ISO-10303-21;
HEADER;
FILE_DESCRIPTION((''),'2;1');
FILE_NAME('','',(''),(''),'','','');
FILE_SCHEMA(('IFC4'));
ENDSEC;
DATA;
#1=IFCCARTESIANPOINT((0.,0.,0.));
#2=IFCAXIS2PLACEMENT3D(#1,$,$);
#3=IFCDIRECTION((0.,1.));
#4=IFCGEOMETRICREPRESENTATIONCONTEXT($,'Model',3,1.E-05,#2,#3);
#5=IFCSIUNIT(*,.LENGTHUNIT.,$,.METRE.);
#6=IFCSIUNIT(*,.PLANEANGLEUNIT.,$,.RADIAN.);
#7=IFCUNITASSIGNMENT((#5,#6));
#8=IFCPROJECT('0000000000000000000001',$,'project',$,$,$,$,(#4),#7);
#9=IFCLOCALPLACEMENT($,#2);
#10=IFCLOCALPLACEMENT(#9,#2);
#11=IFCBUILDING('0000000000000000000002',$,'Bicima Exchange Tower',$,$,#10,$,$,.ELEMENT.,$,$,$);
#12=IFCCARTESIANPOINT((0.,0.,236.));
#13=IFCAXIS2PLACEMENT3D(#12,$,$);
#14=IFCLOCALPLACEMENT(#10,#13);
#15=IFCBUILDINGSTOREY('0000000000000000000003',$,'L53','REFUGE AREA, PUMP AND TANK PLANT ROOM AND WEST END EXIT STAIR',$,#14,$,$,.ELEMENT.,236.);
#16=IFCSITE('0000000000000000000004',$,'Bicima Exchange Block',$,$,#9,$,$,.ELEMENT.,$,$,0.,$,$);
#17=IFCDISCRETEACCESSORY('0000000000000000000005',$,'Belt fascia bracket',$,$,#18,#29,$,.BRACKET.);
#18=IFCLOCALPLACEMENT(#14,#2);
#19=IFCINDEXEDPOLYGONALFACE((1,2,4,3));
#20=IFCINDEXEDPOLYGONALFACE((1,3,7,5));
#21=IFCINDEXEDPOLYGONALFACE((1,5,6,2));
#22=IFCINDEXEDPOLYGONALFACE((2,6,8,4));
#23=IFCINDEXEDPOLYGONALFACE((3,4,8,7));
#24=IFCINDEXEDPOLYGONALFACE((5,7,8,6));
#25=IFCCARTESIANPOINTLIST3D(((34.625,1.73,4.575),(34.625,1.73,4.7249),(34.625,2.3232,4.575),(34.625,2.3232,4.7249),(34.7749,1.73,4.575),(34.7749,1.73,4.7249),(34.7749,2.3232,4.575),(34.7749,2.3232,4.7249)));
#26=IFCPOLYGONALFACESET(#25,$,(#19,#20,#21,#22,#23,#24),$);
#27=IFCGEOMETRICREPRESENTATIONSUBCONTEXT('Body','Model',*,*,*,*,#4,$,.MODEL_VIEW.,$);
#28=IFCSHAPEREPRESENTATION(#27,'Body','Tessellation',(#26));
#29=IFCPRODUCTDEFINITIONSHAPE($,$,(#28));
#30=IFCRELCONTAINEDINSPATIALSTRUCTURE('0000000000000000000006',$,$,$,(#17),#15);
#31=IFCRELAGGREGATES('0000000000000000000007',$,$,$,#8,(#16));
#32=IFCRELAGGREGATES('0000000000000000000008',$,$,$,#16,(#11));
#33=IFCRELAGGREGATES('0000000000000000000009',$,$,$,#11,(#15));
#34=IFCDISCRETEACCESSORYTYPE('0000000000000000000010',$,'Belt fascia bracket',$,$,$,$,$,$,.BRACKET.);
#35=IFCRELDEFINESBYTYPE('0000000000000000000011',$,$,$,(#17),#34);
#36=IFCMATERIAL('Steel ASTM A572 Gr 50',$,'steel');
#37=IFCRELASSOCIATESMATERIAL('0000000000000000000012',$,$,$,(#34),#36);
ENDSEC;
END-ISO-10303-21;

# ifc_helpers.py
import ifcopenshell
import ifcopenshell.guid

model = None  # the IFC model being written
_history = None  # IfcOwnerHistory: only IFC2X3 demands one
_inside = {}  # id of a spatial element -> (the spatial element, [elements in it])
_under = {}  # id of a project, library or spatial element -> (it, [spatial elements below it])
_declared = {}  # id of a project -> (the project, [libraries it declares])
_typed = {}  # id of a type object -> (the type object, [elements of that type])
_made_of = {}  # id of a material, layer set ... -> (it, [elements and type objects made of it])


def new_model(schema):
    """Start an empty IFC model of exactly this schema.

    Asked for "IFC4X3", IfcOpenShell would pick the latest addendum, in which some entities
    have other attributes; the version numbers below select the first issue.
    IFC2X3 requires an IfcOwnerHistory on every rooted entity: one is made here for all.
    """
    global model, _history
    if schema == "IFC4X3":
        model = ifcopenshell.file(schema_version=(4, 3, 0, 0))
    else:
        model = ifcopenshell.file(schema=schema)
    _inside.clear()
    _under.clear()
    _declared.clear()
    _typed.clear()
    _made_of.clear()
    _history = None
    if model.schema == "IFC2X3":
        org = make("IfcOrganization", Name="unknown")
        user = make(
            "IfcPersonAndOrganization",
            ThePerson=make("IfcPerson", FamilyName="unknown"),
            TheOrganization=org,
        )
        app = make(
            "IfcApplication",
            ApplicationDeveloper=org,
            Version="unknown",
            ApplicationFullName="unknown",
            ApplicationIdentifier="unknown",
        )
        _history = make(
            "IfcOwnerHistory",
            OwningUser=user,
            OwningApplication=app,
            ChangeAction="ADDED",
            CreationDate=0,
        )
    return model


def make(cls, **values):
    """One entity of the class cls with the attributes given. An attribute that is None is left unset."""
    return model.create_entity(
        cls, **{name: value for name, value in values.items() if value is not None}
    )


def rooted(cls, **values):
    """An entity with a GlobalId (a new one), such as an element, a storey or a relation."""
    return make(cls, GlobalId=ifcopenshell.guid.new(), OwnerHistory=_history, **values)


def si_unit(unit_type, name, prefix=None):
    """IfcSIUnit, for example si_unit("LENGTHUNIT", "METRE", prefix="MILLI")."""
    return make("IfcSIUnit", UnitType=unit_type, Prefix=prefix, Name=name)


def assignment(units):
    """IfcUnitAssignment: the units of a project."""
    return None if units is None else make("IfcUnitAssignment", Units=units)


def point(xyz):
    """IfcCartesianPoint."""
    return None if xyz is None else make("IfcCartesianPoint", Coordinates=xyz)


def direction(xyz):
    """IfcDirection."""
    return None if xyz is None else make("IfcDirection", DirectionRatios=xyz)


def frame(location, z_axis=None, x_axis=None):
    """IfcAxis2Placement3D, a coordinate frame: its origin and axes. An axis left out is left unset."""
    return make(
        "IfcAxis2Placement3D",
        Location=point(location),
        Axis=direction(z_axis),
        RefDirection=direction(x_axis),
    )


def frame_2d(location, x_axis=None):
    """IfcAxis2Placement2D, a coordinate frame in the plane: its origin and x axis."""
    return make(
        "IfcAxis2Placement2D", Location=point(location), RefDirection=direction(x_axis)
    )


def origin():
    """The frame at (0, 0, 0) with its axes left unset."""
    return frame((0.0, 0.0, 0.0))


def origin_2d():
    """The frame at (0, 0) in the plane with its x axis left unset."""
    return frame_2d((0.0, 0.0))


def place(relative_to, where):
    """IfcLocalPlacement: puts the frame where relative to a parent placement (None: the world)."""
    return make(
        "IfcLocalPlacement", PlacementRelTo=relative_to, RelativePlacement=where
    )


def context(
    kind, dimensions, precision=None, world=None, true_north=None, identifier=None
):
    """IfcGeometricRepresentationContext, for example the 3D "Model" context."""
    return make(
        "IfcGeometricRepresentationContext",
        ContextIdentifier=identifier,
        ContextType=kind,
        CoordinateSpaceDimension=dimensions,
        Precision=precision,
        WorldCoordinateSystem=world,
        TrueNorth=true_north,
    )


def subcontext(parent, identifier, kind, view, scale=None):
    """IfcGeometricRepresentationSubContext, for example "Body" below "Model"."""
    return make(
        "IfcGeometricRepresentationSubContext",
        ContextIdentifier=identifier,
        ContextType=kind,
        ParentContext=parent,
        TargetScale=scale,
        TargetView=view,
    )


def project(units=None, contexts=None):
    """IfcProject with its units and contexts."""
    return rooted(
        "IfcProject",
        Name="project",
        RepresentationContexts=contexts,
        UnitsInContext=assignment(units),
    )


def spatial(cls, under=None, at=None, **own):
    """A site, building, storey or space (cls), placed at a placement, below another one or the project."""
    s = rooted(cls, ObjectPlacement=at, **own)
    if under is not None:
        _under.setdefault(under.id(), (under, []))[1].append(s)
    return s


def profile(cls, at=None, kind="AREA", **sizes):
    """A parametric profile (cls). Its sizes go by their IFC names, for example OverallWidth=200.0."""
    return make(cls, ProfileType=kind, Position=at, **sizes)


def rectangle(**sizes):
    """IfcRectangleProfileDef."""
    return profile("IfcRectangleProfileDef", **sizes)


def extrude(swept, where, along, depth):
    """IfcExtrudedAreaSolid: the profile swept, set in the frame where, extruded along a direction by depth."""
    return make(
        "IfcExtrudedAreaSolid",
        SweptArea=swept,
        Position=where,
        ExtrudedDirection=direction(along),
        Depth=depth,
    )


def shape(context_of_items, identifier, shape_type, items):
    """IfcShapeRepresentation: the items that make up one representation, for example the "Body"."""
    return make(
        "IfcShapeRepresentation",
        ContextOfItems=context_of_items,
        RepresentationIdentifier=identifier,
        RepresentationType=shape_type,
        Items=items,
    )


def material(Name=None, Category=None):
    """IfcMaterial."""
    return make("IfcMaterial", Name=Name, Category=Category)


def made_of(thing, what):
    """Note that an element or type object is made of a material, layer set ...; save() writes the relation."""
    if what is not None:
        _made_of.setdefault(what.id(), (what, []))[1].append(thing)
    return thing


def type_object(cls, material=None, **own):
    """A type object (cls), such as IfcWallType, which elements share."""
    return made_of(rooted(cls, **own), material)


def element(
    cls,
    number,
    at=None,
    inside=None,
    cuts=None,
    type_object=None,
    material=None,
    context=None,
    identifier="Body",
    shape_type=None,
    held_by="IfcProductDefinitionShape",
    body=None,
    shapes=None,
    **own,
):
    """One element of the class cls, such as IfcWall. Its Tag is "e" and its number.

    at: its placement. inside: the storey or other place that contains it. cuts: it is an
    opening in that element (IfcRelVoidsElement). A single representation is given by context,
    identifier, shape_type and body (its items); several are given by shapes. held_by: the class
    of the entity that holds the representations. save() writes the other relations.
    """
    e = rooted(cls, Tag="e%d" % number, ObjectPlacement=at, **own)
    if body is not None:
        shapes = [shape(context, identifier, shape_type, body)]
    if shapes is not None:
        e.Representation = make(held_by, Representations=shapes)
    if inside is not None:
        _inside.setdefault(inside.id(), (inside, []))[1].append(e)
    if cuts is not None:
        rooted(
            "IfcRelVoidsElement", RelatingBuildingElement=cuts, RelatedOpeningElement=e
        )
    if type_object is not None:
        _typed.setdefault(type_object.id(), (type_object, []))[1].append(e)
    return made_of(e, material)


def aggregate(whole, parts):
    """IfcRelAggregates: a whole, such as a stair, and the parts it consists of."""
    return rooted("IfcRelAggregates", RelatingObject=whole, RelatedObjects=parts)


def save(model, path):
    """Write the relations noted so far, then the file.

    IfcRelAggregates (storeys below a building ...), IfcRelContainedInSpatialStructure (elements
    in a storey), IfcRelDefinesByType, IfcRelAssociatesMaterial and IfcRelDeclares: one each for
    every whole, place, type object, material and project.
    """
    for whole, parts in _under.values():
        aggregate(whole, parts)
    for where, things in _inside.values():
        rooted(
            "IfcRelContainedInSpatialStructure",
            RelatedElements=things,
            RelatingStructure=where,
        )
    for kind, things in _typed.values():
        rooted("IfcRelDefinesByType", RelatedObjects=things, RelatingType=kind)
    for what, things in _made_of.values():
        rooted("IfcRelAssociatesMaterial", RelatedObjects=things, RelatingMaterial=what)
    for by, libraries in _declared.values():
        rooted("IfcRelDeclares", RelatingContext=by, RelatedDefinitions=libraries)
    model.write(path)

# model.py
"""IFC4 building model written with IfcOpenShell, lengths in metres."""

from ifc_helpers import new_model, si_unit, direction, frame, origin, origin_2d, place, context, subcontext, project, spatial, rectangle, extrude, material, type_object, element, save


model = new_model("IFC4")

# Units and contexts
model_context = context("Model", 3, precision=1e-05, world=origin(), true_north=direction((0.0, 1.0)))
body_context = subcontext(model_context, "Body", "Model", "MODEL_VIEW")
ifc_project = project(units=[si_unit("LENGTHUNIT", "METRE"), si_unit("PLANEANGLEUNIT", "RADIAN")], contexts=[model_context])

# Site, building, storey
site_placement = place(None, origin())
site = spatial("IfcSite", under=ifc_project, at=site_placement, Name="Bicima Exchange Block", CompositionType="ELEMENT", RefElevation=0.0)
building_placement = place(site_placement, origin())
building = spatial("IfcBuilding", under=site, at=building_placement, Name="Bicima Exchange Tower", CompositionType="ELEMENT")
storey_placement = place(building_placement, frame((0.0, 0.0, 236.0)))
storey = spatial("IfcBuildingStorey", under=building, at=storey_placement, Name="L53", Description="REFUGE AREA, PUMP AND TANK PLANT ROOM AND WEST END EXIT STAIR", CompositionType="ELEMENT", Elevation=236.0)

# Shared definitions
ifc_material_1 = material(Name="Steel ASTM A572 Gr 50", Category="steel")

# Discrete accessory
discrete_accessory_type = type_object("IfcDiscreteAccessoryType", Name="Belt fascia bracket", PredefinedType="BRACKET", material=ifc_material_1)
for number, where, z_axis, x_axis, name in (
    (1, (34.7, 2.0266, 4.575), (0.0, 0.0, 1.0), (-1.0, 0.0, 0.0), "Belt fascia bracket"),
):
    element("IfcDiscreteAccessory", number, at=place(storey_placement, frame(where, z_axis=z_axis, x_axis=x_axis)), inside=storey, type_object=discrete_accessory_type, Name=name, PredefinedType="BRACKET", context=body_context, shape_type="SweptSolid", body=[
        extrude(rectangle(XDim=0.1499, YDim=0.5933, at=origin_2d()), origin(), (0.0, 0.0, 1.0), 0.1499),
    ])

save(model, "model.ifc")
